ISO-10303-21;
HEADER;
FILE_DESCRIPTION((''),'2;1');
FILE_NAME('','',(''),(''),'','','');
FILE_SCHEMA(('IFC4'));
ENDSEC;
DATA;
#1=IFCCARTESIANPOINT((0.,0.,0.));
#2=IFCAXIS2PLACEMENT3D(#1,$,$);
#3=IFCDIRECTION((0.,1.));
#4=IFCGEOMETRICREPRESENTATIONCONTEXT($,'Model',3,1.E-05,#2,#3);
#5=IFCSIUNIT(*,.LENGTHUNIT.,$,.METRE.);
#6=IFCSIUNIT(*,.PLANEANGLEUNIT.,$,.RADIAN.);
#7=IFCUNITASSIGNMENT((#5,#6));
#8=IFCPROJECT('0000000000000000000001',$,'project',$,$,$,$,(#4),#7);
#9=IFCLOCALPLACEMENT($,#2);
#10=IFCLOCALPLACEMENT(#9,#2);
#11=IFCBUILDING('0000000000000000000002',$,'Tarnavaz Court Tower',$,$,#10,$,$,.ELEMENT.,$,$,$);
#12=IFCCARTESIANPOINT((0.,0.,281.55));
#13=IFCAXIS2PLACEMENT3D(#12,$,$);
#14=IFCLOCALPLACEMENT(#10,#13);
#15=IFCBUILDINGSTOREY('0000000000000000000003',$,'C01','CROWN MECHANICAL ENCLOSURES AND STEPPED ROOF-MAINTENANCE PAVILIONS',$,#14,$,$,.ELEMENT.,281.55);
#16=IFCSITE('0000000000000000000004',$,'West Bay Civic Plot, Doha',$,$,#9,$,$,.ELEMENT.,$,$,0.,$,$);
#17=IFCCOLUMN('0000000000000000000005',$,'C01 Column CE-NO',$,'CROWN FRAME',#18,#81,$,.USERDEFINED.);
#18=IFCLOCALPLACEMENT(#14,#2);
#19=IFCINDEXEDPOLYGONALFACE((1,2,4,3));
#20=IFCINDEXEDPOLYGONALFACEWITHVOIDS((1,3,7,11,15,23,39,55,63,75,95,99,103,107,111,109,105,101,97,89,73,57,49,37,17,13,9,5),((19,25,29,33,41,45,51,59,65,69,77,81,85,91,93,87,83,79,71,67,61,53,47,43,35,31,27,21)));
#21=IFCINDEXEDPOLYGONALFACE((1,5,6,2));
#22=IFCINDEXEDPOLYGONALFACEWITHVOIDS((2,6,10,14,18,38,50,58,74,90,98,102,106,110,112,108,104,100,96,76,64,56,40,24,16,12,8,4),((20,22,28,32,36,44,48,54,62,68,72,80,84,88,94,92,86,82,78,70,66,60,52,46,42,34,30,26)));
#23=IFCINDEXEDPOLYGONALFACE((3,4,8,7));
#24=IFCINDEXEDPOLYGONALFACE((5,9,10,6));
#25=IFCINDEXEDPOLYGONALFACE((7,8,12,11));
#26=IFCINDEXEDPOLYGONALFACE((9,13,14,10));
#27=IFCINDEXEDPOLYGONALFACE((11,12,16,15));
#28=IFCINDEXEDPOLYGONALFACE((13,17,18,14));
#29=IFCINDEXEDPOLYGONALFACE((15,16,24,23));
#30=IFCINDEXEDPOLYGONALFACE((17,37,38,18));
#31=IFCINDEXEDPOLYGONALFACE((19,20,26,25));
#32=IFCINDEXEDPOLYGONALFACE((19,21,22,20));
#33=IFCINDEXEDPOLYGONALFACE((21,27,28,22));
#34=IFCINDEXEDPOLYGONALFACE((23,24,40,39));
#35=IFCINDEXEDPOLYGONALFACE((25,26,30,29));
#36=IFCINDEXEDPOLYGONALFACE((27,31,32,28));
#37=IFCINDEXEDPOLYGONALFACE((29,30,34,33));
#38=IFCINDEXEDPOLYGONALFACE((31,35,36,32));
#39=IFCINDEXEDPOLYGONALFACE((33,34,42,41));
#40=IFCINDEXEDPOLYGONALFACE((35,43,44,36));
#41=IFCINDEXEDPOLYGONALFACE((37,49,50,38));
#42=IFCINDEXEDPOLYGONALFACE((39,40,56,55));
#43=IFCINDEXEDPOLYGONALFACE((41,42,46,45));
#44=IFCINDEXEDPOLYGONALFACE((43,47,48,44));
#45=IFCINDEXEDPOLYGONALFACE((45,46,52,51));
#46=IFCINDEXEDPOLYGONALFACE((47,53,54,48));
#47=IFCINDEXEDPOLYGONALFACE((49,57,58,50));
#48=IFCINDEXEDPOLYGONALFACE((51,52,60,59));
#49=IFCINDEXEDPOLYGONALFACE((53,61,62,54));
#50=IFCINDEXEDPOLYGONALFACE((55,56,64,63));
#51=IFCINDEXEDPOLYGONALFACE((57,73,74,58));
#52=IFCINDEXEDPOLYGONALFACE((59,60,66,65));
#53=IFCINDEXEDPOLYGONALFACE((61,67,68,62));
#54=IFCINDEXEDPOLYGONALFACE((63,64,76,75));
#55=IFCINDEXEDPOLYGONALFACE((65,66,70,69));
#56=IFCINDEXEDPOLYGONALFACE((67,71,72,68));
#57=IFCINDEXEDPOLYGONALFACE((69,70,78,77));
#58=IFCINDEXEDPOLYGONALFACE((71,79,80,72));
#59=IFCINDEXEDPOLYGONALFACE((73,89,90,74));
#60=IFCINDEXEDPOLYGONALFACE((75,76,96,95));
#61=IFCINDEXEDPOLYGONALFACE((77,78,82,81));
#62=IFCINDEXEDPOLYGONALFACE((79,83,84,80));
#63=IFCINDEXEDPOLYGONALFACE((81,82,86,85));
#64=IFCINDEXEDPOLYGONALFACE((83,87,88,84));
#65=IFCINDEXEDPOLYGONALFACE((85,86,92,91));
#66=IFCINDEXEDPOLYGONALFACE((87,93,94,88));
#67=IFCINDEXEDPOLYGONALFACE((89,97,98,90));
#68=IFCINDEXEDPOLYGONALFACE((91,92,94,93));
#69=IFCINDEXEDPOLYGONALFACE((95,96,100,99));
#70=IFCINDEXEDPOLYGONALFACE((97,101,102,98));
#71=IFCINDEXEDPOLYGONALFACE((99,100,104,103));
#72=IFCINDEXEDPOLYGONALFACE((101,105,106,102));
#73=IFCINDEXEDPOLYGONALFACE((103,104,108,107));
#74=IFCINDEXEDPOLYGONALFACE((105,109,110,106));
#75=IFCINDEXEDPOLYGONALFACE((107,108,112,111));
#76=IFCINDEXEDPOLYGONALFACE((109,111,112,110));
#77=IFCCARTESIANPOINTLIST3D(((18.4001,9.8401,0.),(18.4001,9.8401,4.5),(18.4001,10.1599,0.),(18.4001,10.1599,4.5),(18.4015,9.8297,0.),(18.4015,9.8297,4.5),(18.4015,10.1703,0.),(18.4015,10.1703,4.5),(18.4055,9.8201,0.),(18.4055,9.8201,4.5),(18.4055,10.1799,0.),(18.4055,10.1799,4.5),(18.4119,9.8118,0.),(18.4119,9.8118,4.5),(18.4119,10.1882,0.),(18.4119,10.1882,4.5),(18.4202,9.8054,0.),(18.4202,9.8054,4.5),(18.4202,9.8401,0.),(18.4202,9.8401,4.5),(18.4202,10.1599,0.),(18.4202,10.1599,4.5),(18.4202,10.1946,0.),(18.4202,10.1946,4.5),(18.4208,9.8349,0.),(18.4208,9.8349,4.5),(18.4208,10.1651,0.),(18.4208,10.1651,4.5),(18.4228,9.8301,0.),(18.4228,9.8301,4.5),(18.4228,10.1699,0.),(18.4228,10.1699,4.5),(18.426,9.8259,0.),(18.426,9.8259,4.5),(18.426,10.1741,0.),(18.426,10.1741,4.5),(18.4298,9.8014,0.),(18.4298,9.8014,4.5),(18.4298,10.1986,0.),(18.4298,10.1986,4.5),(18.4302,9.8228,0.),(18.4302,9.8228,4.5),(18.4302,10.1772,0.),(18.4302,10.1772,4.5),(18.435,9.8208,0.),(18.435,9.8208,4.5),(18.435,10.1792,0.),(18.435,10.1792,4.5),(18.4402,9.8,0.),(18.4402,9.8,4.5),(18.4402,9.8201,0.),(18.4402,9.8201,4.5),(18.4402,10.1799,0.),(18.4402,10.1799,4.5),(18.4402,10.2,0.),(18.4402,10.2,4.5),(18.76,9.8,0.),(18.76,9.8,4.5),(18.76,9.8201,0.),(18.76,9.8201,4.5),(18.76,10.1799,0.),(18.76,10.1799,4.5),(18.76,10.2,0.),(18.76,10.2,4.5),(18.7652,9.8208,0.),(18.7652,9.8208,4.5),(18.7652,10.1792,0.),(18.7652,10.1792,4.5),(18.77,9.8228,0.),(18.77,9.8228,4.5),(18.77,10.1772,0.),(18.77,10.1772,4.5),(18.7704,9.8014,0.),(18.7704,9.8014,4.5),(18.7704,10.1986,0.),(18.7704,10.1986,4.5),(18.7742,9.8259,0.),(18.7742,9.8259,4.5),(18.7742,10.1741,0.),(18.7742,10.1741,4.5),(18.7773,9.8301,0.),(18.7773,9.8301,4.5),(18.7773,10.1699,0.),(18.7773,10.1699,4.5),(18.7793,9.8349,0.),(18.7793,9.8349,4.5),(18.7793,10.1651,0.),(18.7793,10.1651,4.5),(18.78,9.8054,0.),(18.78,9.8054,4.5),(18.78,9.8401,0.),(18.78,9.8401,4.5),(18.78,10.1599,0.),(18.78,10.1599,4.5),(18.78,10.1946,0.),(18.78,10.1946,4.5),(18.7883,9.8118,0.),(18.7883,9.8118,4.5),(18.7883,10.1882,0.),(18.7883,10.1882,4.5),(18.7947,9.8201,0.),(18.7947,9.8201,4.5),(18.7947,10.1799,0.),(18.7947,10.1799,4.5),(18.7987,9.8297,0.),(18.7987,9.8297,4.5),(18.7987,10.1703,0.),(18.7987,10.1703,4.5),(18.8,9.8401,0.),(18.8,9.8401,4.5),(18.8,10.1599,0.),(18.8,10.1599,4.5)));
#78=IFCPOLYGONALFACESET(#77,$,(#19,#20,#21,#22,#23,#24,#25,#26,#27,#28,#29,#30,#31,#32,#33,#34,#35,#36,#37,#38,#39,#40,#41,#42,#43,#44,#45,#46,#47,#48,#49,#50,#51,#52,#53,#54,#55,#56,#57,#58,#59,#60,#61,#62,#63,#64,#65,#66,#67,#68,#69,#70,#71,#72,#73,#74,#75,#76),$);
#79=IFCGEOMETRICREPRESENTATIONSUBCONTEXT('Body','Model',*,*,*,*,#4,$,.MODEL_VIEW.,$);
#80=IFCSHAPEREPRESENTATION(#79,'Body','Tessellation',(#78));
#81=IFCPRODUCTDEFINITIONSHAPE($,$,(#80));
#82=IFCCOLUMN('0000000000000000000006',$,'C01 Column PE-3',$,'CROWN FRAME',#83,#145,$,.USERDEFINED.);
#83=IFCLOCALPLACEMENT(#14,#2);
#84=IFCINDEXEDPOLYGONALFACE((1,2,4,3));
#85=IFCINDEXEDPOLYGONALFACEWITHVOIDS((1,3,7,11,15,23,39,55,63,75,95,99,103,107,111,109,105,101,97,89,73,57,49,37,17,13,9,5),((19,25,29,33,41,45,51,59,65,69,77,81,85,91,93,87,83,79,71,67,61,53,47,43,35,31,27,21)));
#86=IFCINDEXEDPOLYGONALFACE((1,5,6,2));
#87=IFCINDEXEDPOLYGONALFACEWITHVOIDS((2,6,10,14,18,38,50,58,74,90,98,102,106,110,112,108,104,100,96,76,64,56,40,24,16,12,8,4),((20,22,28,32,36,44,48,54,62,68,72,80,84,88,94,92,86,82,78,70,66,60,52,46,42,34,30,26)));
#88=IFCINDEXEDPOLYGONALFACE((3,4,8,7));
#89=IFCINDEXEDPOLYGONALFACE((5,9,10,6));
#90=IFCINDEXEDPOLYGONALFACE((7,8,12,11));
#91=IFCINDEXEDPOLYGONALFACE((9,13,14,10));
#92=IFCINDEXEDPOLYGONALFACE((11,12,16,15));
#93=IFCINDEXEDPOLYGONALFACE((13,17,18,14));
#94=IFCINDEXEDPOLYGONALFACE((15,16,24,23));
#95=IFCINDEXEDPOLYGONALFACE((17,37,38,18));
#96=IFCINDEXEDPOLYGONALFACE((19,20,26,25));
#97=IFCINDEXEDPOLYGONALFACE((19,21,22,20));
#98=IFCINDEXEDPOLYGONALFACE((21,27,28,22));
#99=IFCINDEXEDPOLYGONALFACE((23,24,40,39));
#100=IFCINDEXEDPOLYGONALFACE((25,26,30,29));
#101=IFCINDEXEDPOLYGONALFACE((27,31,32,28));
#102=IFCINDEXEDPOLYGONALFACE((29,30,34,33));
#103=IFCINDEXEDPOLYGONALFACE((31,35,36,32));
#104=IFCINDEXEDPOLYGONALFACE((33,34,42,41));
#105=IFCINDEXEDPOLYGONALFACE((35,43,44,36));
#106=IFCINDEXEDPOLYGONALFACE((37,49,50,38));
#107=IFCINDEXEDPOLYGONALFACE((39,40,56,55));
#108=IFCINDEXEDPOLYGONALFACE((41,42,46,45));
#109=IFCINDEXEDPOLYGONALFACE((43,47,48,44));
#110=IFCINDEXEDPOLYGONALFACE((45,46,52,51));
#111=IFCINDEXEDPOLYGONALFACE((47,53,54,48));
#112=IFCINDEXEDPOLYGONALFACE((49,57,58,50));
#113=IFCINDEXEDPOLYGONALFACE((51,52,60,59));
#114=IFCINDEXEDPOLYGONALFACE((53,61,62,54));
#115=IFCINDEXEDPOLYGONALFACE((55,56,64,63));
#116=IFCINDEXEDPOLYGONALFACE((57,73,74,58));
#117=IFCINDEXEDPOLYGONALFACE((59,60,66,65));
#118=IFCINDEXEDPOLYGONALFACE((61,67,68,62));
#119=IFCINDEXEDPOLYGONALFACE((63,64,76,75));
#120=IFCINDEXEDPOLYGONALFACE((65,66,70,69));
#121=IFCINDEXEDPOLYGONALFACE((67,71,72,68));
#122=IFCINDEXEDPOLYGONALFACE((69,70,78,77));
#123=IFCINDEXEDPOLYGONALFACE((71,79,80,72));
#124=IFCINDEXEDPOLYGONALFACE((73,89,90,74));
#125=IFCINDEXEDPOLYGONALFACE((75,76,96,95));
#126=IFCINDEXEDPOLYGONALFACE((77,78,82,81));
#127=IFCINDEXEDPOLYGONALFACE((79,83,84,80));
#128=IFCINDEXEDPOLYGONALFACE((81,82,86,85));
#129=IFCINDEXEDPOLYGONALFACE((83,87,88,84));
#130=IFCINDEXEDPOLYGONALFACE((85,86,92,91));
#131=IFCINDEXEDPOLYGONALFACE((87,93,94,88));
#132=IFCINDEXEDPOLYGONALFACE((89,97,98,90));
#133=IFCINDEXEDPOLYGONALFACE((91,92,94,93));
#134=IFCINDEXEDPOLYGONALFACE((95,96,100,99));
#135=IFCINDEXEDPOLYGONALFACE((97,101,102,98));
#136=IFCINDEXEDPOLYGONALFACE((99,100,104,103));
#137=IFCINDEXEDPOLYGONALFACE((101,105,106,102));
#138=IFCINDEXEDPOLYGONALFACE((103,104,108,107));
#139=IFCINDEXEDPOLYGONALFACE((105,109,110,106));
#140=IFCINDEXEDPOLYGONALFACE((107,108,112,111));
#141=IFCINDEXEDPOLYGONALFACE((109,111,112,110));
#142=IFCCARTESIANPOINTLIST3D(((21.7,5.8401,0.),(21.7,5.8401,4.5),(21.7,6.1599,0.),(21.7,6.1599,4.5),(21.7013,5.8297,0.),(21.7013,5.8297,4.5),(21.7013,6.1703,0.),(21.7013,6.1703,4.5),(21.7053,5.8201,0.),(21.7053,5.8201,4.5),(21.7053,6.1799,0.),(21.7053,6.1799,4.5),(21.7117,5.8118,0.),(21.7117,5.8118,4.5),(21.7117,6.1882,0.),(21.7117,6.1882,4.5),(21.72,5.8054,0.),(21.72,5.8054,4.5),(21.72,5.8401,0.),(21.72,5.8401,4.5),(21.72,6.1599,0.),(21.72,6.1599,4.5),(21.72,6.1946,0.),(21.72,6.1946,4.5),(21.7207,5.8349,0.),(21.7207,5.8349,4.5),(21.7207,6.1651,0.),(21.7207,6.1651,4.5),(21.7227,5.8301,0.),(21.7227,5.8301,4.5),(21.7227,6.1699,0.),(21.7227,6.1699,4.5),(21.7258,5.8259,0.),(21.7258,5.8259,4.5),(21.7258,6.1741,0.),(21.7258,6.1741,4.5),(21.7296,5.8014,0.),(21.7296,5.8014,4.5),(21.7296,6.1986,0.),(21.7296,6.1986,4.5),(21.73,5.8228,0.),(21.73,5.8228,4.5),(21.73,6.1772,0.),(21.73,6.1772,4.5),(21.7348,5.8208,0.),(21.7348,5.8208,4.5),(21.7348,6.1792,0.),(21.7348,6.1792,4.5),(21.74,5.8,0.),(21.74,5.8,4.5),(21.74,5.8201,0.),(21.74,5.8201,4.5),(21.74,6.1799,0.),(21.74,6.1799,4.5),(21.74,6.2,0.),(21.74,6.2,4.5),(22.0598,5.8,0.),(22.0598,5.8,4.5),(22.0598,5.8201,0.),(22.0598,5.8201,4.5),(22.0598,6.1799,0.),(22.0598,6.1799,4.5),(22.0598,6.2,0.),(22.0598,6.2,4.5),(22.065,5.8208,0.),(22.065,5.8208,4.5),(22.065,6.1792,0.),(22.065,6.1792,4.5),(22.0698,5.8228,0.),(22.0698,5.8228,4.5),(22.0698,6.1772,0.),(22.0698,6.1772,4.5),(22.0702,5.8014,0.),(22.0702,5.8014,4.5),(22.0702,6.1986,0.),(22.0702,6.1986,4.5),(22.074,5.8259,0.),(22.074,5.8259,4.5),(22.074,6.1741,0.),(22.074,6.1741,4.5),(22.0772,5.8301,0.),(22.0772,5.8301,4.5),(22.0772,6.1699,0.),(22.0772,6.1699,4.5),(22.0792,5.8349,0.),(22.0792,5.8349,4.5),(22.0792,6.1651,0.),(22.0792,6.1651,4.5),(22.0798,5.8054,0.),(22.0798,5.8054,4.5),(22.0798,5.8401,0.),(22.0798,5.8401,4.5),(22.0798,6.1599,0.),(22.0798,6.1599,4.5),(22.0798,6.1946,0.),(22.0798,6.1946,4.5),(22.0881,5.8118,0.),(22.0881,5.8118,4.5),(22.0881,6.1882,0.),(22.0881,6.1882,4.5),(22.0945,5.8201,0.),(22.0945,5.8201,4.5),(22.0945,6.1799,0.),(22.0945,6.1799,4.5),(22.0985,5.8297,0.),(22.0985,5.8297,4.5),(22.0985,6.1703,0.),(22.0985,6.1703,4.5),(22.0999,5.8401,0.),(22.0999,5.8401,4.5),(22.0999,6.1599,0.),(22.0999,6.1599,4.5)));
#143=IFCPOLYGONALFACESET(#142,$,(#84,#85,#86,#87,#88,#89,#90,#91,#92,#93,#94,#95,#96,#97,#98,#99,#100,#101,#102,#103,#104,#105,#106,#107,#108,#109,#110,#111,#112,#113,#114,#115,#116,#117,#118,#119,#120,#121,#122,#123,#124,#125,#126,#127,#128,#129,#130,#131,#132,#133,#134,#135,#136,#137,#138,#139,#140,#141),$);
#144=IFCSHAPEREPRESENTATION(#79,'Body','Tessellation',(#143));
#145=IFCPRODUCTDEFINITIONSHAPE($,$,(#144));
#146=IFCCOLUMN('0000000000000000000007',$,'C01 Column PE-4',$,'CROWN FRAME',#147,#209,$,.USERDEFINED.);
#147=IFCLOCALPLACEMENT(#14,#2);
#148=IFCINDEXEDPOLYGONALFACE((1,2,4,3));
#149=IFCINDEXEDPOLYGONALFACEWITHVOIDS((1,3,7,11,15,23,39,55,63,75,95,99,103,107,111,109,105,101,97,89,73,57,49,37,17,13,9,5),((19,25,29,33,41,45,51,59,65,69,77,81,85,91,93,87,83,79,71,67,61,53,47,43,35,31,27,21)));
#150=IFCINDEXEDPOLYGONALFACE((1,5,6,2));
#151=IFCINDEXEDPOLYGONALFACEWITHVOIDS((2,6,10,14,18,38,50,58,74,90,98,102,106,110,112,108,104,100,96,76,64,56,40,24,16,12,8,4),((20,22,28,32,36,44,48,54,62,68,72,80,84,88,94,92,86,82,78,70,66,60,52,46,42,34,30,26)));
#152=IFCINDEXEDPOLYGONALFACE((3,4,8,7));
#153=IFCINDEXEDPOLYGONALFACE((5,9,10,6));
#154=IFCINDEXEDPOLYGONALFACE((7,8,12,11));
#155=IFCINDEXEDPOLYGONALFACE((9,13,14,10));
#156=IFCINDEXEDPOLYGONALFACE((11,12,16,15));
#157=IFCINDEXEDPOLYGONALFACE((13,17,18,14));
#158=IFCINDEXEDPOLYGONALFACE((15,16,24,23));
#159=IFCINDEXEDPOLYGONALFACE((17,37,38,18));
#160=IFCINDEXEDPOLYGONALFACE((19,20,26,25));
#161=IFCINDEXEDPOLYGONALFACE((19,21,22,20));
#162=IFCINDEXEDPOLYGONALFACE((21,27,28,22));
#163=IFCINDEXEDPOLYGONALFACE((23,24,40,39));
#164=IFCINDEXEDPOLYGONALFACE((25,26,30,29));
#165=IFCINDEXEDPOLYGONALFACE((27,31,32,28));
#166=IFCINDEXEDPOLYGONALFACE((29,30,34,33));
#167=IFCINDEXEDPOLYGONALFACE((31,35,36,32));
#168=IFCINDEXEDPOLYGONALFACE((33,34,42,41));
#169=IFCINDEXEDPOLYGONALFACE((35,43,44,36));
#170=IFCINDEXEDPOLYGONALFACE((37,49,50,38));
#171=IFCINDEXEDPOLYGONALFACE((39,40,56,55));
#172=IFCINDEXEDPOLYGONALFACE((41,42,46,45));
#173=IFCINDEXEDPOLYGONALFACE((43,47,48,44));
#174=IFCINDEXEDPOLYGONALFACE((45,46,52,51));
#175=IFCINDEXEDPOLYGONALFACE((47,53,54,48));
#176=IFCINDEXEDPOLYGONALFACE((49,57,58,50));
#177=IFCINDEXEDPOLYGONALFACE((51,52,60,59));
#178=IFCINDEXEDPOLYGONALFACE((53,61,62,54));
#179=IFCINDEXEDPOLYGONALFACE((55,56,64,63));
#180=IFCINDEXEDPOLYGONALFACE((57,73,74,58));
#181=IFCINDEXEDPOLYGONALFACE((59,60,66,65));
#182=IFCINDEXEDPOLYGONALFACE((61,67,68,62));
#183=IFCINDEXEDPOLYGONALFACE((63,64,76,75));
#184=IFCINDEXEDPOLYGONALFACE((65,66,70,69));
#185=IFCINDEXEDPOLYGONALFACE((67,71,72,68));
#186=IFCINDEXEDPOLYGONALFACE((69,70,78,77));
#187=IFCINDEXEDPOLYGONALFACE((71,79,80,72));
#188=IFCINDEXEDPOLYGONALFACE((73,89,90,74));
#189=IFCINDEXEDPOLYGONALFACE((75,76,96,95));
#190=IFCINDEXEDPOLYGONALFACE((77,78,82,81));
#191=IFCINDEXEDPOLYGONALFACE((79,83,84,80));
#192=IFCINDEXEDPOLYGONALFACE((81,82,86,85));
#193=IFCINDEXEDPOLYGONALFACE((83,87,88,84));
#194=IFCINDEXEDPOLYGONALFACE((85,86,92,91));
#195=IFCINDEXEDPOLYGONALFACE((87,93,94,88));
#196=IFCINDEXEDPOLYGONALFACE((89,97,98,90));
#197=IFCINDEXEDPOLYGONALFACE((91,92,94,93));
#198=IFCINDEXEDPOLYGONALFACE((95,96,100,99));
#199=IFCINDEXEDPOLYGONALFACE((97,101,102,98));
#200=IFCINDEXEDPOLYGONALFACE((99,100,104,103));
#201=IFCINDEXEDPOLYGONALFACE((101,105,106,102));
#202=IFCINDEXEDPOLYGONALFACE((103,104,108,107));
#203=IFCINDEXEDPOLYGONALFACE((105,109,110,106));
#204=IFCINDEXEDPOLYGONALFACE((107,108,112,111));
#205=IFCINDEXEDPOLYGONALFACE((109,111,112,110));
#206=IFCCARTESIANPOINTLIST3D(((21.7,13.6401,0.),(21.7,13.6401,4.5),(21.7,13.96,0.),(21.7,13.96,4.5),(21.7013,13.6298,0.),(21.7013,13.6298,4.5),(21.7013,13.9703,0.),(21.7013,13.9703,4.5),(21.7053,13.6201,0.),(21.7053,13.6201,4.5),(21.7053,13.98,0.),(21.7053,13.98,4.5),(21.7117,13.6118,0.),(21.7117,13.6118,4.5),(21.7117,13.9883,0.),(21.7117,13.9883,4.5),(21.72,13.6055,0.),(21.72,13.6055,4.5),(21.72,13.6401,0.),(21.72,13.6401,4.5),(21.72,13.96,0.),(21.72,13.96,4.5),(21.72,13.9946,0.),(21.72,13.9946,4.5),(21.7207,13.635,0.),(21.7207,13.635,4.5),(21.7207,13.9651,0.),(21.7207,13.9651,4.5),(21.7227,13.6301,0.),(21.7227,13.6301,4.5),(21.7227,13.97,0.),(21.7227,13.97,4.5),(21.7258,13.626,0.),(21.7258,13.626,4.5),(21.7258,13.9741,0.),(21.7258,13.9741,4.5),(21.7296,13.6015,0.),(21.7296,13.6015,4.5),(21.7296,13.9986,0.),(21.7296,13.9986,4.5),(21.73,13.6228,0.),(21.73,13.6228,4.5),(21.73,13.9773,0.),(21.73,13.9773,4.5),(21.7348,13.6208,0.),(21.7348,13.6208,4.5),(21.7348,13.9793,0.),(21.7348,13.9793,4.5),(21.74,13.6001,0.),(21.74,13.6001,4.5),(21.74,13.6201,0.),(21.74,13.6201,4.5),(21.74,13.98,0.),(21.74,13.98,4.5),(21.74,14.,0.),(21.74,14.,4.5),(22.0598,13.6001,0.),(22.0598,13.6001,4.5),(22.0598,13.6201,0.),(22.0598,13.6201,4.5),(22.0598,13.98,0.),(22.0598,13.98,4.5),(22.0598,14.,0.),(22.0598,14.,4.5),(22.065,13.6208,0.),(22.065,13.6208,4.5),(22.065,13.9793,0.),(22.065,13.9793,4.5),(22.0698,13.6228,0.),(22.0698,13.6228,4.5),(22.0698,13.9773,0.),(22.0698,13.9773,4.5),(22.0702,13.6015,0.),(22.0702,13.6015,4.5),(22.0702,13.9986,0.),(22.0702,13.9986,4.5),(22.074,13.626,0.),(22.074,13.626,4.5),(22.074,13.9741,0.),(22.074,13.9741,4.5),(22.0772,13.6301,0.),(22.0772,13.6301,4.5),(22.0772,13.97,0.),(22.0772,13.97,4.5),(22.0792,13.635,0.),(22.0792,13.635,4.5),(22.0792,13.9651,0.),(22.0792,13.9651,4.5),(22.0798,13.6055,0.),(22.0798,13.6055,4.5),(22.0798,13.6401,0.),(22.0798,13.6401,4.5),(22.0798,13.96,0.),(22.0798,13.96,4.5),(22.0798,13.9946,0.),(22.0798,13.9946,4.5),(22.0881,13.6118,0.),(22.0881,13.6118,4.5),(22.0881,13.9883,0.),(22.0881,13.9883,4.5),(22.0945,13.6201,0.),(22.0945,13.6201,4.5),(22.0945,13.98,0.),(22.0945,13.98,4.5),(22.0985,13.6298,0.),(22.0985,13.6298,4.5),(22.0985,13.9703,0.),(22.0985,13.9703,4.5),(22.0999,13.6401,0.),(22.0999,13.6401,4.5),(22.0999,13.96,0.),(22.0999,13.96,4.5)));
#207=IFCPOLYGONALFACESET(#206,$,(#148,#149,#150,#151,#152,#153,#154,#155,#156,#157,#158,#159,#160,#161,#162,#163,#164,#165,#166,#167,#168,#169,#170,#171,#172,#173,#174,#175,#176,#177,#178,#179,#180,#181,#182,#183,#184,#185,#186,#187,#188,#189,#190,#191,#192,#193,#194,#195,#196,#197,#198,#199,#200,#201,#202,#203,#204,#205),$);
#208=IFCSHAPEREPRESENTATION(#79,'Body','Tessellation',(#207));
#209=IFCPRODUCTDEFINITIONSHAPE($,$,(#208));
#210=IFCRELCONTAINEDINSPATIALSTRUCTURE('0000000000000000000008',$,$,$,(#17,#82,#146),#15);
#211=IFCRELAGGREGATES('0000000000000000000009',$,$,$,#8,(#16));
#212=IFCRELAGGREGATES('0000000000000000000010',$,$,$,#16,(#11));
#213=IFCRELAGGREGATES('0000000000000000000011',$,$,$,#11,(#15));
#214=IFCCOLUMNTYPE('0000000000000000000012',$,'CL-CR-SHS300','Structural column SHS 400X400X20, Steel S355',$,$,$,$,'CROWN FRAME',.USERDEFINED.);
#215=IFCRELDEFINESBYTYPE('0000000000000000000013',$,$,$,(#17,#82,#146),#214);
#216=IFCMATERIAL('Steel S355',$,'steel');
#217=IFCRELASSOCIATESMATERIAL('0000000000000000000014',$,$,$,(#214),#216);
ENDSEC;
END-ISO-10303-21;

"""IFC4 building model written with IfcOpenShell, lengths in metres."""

from ifc_helpers import new_model, si_unit, direction, frame, origin, origin_2d, place, context, subcontext, project, spatial, hollow_rectangle, extrude, material, material_profile, profile_set, type_object, element, save


model = new_model("IFC4")

# Units and contexts
model_context = context("Model", 3, precision=1e-05, world=origin(), true_north=direction((0.0, 1.0)))
body_context = subcontext(model_context, "Body", "Model", "MODEL_VIEW")
ifc_project = project(units=[si_unit("LENGTHUNIT", "METRE"), si_unit("PLANEANGLEUNIT", "RADIAN")], contexts=[model_context])

# Site, building, storey
site_placement = place(None, origin())
site = spatial("IfcSite", under=ifc_project, at=site_placement, Name="West Bay Civic Plot, Doha", CompositionType="ELEMENT", RefElevation=0.0)
building_placement = place(site_placement, origin())
building = spatial("IfcBuilding", under=site, at=building_placement, Name="Tarnavaz Court Tower", CompositionType="ELEMENT")
storey_placement = place(building_placement, frame((0.0, 0.0, 281.55)))
storey = spatial("IfcBuildingStorey", under=building, at=storey_placement, Name="C01", Description="CROWN MECHANICAL ENCLOSURES AND STEPPED ROOF-MAINTENANCE PAVILIONS", CompositionType="ELEMENT", Elevation=281.55)

# Columns
ifc_material_1 = material(Name="Steel S355", Category="steel")
ifc_material_profile_1 = material_profile(ifc_material_1, hollow_rectangle(XDim=0.3999, YDim=0.3999, WallThickness=0.02, InnerFilletRadius=0.02, OuterFilletRadius=0.04, at=origin_2d()), Name="SHS 400X400X20")
ifc_profile_set_1 = profile_set([ifc_material_profile_1], Name="Steel S355")
column_type = type_object("IfcColumnType", Name="CL-CR-SHS300", Description="Structural column SHS 400X400X20, Steel S355", ElementType="CROWN FRAME", PredefinedType="USERDEFINED", material=ifc_profile_set_1)
for number, where, z_axis, x_axis, name in (
    (1, (18.6001, 10.0, 0.0), (0.0, 0.0, 1.0), (1.0, 0.0, 0.0), "C01 Column CE-NO"),
    (2, (21.8999, 6.0, 0.0), (0.0, 0.0, 1.0), (1.0, 0.0, 0.0), "C01 Column PE-3"),
    (3, (21.8999, 13.8, 0.0), (0.0, 0.0, 1.0), (1.0, 0.0, 0.0), "C01 Column PE-4"),
):
    element("IfcColumn", number, at=place(storey_placement, frame(where, z_axis=z_axis, x_axis=x_axis)), inside=storey, type_object=column_type, Name=name, ObjectType="CROWN FRAME", PredefinedType="USERDEFINED", context=body_context, shape_type="SweptSolid", body=[
        extrude(hollow_rectangle(XDim=0.3999, YDim=0.3999, WallThickness=0.02, InnerFilletRadius=0.02, OuterFilletRadius=0.04, at=origin_2d()), origin(), (0.0, 0.0, 1.0), 4.5),
    ])

save(model, "model.ifc")
